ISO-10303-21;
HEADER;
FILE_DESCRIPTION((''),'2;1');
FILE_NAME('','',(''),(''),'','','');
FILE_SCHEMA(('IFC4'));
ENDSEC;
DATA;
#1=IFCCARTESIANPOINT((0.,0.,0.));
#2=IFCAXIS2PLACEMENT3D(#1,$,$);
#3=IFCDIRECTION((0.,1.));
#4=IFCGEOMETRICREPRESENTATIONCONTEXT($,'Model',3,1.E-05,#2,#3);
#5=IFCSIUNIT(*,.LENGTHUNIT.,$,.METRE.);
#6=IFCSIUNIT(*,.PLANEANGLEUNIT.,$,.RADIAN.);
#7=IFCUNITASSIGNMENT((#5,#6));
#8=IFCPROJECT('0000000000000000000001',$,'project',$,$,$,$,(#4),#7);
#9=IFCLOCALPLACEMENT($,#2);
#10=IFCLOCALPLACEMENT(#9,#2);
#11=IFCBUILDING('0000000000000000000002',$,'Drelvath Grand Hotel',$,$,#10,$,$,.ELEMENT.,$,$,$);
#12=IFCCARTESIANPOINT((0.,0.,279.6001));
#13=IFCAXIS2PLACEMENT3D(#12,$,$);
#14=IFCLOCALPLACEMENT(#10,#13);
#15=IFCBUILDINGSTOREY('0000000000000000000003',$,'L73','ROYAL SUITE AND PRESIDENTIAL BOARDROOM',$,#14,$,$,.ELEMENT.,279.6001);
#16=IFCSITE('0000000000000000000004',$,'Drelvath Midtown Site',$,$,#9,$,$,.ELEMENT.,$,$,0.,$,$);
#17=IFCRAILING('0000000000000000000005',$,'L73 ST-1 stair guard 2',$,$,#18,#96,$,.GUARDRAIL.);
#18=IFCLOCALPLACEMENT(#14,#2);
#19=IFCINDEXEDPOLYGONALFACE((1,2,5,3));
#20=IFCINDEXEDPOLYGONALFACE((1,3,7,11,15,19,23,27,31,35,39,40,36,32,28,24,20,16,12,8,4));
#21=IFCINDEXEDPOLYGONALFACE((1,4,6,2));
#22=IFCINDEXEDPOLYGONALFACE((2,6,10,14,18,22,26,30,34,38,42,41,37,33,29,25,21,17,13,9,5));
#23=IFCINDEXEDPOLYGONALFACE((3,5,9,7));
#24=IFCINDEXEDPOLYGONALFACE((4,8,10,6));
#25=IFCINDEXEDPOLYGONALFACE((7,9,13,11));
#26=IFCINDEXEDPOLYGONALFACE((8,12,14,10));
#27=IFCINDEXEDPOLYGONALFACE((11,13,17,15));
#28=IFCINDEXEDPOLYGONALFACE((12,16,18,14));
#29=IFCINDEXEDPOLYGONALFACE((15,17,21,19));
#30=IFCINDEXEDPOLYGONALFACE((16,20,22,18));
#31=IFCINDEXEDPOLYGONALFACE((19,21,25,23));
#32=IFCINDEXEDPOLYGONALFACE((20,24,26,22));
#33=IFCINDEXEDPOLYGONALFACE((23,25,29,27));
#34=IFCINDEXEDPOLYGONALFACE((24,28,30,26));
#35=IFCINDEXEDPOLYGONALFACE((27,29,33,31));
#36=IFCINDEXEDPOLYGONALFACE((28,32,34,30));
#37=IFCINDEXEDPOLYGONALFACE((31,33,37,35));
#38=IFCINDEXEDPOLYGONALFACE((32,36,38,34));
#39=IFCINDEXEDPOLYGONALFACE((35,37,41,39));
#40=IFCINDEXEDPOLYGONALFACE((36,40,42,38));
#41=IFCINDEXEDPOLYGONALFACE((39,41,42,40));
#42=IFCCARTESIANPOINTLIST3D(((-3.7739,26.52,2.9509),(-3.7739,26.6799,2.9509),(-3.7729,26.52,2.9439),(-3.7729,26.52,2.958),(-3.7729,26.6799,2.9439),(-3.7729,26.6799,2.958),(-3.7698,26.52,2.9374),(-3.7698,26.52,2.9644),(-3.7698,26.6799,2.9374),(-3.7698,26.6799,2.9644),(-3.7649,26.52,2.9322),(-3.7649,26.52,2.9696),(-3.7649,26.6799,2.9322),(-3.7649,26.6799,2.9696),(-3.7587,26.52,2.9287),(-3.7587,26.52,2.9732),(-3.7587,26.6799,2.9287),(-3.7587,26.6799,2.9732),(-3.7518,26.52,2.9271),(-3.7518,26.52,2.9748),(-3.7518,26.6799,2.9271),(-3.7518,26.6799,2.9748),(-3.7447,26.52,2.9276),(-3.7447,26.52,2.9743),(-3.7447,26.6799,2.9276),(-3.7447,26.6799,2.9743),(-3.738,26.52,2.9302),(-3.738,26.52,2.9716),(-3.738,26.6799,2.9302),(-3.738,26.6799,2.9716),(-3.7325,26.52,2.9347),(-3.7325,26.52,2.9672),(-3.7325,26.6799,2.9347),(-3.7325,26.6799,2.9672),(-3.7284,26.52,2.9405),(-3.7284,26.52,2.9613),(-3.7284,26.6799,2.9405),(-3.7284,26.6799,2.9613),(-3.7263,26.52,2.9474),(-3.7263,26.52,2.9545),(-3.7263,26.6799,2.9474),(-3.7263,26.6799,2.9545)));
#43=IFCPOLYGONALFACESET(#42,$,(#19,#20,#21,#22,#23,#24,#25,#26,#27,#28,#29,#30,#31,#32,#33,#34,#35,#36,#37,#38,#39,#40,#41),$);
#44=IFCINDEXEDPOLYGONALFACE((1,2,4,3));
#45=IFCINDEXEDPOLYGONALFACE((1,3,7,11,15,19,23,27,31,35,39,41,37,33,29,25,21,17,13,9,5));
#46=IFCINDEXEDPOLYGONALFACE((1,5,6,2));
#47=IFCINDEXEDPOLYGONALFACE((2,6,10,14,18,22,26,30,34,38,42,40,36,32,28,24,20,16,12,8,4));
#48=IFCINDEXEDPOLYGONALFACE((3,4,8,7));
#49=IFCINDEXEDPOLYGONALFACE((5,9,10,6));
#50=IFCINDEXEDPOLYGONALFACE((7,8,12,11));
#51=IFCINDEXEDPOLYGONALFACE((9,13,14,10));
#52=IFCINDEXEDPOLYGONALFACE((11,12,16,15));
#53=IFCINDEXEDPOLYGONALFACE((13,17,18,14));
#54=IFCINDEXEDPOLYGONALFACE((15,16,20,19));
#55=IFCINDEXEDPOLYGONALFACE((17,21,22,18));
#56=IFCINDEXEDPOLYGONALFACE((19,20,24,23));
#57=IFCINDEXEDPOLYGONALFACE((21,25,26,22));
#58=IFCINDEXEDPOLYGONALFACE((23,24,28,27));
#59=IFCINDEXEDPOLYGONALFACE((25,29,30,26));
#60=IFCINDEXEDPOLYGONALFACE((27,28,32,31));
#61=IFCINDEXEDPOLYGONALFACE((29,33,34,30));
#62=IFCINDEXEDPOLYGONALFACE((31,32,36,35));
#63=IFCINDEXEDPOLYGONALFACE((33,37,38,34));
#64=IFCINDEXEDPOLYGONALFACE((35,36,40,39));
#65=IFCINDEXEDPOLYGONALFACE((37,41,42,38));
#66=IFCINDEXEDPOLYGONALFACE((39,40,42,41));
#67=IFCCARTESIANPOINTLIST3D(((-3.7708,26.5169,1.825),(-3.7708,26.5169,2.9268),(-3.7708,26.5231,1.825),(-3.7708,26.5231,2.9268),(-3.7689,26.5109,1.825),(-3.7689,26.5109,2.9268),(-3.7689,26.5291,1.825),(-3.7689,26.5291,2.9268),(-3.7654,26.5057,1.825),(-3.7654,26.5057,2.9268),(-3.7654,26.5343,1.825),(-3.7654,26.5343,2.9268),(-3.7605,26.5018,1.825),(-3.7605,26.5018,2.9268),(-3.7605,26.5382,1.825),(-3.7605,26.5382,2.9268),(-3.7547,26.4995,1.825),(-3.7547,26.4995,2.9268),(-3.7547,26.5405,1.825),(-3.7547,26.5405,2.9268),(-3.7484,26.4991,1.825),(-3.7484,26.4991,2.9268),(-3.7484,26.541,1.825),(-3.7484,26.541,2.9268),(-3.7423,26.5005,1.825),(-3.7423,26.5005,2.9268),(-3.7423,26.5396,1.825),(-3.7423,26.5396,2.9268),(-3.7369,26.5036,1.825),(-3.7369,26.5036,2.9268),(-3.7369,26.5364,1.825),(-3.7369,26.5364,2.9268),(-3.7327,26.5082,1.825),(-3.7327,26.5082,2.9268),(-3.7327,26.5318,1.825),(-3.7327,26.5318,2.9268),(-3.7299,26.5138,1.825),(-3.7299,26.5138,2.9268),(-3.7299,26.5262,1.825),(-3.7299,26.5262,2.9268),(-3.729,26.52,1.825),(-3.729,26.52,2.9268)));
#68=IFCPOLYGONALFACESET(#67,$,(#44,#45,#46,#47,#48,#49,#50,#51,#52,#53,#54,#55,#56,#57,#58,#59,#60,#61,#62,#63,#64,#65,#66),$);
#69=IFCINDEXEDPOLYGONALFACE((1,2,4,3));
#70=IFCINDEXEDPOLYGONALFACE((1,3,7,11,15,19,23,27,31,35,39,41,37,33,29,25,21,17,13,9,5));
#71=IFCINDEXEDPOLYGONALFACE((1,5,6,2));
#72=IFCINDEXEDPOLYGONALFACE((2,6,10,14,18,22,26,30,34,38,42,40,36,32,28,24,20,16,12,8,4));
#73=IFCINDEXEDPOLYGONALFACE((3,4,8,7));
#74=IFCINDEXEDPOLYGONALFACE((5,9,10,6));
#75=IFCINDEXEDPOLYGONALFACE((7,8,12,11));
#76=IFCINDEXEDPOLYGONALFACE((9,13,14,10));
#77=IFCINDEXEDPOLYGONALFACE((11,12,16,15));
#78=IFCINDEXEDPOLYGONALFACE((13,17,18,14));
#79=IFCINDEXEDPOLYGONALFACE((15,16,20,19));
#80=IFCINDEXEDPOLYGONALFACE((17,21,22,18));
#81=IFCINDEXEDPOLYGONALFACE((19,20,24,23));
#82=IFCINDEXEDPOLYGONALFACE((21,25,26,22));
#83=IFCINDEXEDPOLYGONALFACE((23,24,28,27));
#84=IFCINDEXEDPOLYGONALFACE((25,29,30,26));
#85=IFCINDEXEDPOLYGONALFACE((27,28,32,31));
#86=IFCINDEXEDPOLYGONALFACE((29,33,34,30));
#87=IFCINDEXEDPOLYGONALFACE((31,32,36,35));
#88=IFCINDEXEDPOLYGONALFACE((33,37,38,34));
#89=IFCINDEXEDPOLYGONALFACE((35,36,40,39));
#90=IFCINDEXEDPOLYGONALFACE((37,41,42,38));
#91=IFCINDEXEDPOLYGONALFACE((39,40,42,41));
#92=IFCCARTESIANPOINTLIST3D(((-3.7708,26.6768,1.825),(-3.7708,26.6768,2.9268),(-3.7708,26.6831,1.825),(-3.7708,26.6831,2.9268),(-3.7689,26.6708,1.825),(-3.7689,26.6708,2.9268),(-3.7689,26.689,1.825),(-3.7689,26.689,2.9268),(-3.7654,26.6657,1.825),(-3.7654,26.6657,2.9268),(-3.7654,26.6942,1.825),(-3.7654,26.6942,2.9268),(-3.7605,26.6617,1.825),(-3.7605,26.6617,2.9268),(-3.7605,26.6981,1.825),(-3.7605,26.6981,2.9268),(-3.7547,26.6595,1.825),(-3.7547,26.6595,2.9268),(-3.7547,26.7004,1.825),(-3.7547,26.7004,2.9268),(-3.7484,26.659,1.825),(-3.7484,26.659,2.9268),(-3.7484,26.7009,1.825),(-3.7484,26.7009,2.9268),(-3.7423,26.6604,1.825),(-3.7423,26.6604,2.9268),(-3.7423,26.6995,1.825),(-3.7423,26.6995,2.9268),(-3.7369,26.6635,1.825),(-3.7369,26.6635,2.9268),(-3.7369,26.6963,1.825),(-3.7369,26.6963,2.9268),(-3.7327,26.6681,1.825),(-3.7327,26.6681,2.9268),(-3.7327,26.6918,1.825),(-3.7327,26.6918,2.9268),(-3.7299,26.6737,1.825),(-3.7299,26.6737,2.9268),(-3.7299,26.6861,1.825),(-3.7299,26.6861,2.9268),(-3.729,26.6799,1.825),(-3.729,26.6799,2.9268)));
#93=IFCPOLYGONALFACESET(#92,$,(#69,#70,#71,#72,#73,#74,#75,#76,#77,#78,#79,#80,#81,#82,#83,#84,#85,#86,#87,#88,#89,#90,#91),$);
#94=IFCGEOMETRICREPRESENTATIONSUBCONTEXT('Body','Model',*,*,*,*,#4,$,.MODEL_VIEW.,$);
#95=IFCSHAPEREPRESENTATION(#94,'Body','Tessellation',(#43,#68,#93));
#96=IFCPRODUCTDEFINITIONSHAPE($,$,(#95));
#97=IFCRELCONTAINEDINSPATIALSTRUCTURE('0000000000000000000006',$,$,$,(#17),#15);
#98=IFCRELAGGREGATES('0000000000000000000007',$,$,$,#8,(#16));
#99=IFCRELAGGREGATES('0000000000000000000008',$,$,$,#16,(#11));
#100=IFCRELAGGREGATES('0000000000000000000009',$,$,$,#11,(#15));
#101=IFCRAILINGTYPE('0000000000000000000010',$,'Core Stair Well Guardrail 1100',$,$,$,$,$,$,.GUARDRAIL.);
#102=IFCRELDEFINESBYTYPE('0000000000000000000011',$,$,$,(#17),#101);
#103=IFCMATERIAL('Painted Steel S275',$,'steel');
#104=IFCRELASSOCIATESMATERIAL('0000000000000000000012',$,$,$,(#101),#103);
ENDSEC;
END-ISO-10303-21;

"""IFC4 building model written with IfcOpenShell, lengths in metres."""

from ifc_helpers import new_model, si_unit, direction, frame, origin, origin_2d, place, context, subcontext, project, spatial, circle, extrude, material, type_object, element, save


model = new_model("IFC4")

# Units and contexts
model_context = context("Model", 3, precision=1e-05, world=origin(), true_north=direction((0.0, 1.0)))
body_context = subcontext(model_context, "Body", "Model", "MODEL_VIEW")
ifc_project = project(units=[si_unit("LENGTHUNIT", "METRE"), si_unit("PLANEANGLEUNIT", "RADIAN")], contexts=[model_context])

# Site, building, storey
site_placement = place(None, origin())
site = spatial("IfcSite", under=ifc_project, at=site_placement, Name="Drelvath Midtown Site", CompositionType="ELEMENT", RefElevation=0.0)
building_placement = place(site_placement, origin())
building = spatial("IfcBuilding", under=site, at=building_placement, Name="Drelvath Grand Hotel", CompositionType="ELEMENT")
storey_placement = place(building_placement, frame((0.0, 0.0, 279.6001)))
storey = spatial("IfcBuildingStorey", under=building, at=storey_placement, Name="L73", Description="ROYAL SUITE AND PRESIDENTIAL BOARDROOM", CompositionType="ELEMENT", Elevation=279.6001)

# Shared definitions
ifc_material_1 = material(Name="Painted Steel S275", Category="steel")

# Railing
railing_type_1 = type_object("IfcRailingType", Name="Core Stair Well Guardrail 1100", PredefinedType="GUARDRAIL", material=ifc_material_1)
railing_1_placement = place(storey_placement, frame((-3.75, 26.52, 1.825)))
element("IfcRailing", 1, at=railing_1_placement, inside=storey, type_object=railing_type_1, Name="L73 ST-1 stair guard 2", PredefinedType="GUARDRAIL", context=body_context, shape_type="SweptSolid", body=[
    extrude(circle(Radius=0.0239, at=origin_2d()), frame((0.0, 0.0, 1.126), z_axis=(0.0, 1.0, 0.0), x_axis=(-1.0, 0.0, 0.0)), (0.0, 0.0, 1.0), 0.1599),
    extrude(circle(Radius=0.021, at=origin_2d()), origin(), (0.0, 0.0, 1.0), 1.1018),
    extrude(circle(Radius=0.021, at=origin_2d()), frame((0.0, 0.1599, 0.0)), (0.0, 0.0, 1.0), 1.1018),
])

save(model, "model.ifc")
